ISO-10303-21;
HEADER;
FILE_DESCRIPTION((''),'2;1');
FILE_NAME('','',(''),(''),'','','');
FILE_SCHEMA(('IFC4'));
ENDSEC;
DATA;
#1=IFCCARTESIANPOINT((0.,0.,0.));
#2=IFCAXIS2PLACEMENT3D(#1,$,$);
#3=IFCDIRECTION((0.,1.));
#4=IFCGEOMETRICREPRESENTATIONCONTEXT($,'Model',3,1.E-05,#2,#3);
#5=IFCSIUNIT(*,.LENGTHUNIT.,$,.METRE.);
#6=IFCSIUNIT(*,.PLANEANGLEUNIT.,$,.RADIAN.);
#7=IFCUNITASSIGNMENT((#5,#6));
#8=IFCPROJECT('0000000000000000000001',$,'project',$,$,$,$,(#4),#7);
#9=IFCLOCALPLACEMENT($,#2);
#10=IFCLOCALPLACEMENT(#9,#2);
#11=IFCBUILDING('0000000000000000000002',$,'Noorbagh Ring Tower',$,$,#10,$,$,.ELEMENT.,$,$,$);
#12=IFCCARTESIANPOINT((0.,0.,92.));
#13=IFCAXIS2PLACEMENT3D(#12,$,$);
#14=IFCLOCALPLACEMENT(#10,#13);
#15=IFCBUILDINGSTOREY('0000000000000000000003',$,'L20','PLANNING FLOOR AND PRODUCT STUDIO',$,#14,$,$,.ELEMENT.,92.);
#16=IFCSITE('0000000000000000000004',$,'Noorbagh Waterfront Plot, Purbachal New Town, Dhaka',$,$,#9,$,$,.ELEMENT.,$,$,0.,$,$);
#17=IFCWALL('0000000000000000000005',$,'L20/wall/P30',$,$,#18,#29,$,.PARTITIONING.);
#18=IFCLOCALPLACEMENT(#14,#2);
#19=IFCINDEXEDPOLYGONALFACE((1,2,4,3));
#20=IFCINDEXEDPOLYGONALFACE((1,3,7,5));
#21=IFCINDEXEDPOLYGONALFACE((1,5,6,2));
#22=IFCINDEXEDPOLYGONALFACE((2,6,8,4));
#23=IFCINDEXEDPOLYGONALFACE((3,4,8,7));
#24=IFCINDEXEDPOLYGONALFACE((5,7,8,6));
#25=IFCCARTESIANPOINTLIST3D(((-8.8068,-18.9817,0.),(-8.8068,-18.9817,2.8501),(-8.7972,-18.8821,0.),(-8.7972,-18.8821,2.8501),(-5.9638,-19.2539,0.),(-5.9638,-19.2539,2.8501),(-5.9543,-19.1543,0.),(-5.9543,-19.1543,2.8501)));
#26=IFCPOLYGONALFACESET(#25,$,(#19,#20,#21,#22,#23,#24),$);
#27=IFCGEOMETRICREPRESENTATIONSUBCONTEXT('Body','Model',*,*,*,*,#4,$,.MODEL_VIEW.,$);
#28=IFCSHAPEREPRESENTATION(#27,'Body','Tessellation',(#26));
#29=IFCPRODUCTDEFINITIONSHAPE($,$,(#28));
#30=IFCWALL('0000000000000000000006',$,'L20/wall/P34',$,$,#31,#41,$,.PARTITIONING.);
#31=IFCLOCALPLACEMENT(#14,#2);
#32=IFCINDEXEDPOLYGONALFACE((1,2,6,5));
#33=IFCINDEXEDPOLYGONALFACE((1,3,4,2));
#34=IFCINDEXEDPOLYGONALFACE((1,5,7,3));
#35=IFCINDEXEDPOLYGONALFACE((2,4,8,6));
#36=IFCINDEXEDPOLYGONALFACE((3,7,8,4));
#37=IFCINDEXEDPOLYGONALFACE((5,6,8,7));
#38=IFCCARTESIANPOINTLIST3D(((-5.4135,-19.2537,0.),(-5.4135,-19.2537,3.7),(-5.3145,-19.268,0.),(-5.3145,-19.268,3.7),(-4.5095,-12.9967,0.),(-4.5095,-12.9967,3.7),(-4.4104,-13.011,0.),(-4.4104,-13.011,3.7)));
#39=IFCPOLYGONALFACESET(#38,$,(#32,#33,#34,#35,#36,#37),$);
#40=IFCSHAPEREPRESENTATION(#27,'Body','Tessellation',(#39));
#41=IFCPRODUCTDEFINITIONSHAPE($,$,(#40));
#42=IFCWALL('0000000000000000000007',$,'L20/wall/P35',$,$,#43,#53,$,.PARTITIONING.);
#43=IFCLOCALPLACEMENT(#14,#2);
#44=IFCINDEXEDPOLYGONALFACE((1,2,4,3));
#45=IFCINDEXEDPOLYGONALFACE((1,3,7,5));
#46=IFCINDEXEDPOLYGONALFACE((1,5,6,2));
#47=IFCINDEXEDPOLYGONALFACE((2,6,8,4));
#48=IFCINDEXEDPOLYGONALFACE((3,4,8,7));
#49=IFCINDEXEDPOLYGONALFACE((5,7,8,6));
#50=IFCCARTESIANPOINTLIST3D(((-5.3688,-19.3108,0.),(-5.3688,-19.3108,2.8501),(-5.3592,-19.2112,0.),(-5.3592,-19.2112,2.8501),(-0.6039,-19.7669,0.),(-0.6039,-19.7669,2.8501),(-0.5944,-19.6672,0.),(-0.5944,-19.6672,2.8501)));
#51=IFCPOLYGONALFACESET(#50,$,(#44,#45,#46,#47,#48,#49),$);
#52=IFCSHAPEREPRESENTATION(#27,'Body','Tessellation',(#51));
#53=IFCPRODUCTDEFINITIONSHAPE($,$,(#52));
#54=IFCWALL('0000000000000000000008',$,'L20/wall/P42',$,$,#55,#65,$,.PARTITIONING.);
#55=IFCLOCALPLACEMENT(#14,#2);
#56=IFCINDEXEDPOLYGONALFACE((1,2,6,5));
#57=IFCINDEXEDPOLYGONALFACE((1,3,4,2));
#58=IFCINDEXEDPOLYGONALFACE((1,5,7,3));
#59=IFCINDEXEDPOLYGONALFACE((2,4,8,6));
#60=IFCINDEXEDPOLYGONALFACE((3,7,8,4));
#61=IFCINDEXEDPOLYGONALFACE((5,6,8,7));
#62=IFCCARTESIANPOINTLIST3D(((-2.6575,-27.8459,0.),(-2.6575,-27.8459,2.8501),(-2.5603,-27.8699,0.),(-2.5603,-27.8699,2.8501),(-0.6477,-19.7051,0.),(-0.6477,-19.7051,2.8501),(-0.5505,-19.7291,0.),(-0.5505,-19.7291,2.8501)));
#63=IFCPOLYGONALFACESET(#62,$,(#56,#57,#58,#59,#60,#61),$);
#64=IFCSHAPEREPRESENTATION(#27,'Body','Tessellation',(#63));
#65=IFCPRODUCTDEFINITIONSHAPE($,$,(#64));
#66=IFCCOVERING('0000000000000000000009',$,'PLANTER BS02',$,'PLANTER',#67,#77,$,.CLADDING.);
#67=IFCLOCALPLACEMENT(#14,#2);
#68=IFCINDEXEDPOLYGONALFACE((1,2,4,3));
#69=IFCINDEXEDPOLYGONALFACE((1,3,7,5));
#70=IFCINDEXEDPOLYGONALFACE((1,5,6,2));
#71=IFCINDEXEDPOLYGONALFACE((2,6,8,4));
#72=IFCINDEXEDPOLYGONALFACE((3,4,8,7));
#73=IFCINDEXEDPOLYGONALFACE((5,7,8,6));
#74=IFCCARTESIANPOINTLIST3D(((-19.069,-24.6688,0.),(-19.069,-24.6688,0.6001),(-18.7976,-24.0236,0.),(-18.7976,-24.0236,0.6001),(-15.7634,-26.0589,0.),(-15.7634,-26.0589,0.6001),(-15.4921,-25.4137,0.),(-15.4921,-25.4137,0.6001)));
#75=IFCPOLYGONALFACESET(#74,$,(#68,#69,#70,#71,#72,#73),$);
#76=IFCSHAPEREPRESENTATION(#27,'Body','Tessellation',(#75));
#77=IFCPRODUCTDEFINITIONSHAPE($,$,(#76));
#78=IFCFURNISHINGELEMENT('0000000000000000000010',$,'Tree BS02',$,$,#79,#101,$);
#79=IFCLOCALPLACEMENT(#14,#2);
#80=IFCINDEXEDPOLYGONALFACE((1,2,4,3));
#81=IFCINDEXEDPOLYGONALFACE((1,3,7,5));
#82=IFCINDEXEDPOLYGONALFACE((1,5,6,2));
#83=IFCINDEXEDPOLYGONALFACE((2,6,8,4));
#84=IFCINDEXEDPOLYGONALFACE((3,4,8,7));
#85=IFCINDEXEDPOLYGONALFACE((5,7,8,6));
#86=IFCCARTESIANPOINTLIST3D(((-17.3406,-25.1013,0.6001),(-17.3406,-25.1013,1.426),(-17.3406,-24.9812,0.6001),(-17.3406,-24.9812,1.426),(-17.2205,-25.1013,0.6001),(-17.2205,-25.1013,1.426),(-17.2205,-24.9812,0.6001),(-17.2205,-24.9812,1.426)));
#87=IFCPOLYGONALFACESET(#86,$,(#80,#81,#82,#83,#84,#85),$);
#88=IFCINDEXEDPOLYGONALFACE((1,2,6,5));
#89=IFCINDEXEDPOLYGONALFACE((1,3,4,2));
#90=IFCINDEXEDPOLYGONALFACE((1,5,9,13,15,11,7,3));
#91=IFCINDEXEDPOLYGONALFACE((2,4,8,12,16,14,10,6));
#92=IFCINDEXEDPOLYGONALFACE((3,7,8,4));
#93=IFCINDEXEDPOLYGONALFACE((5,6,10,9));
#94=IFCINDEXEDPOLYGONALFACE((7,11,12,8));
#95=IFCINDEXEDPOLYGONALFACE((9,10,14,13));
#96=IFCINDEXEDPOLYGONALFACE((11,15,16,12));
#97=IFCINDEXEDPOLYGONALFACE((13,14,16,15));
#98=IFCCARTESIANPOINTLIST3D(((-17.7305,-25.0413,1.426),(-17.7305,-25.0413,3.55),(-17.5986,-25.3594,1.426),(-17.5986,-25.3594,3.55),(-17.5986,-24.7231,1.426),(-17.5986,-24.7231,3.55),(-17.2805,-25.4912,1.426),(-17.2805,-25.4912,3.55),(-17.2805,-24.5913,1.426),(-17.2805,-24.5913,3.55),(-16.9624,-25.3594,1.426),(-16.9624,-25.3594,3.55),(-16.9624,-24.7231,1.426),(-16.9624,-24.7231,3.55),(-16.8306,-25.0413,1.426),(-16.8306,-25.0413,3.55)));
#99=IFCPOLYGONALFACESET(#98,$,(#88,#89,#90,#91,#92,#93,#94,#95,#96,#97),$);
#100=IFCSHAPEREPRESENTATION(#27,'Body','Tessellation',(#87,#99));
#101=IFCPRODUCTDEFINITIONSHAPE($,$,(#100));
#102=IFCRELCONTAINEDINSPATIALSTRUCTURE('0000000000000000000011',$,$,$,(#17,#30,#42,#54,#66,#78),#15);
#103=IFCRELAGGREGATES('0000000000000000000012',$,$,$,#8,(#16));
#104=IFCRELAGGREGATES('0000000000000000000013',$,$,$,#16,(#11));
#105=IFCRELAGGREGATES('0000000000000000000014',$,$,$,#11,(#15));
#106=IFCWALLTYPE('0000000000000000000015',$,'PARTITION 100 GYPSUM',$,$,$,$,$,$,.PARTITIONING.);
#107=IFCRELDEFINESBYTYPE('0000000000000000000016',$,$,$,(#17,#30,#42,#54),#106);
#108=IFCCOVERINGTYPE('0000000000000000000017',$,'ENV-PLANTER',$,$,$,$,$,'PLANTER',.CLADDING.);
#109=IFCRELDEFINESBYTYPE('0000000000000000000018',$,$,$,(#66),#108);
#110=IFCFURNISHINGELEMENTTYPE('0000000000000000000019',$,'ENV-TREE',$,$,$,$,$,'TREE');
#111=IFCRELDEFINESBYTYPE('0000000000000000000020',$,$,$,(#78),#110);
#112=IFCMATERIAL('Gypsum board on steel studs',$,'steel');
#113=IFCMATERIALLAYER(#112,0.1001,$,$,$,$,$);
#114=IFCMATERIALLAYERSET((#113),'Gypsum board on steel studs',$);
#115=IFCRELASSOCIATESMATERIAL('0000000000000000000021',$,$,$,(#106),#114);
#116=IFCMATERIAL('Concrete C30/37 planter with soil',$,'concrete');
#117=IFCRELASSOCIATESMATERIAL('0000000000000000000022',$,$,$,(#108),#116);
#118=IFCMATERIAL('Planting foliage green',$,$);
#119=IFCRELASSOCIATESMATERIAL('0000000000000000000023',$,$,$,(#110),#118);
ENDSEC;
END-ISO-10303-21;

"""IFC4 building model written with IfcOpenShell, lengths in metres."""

from ifc_helpers import new_model, si_unit, direction, frame, frame_2d, origin, origin_2d, place, context, subcontext, project, spatial, polyline, rectangle, outline, extrude, material, layer, layer_set, type_object, element, save


model = new_model("IFC4")

# Units and contexts
model_context = context("Model", 3, precision=1e-05, world=origin(), true_north=direction((0.0, 1.0)))
body_context = subcontext(model_context, "Body", "Model", "MODEL_VIEW")
ifc_project = project(units=[si_unit("LENGTHUNIT", "METRE"), si_unit("PLANEANGLEUNIT", "RADIAN")], contexts=[model_context])

# Site, building, storey
site_placement = place(None, origin())
site = spatial("IfcSite", under=ifc_project, at=site_placement, Name="Noorbagh Waterfront Plot, Purbachal New Town, Dhaka", CompositionType="ELEMENT", RefElevation=0.0)
building_placement = place(site_placement, origin())
building = spatial("IfcBuilding", under=site, at=building_placement, Name="Noorbagh Ring Tower", CompositionType="ELEMENT")
storey_placement = place(building_placement, frame((0.0, 0.0, 92.0)))
storey = spatial("IfcBuildingStorey", under=building, at=storey_placement, Name="L20", Description="PLANNING FLOOR AND PRODUCT STUDIO", CompositionType="ELEMENT", Elevation=92.0)

# Walls
ifc_material_1 = material(Name="Gypsum board on steel studs", Category="steel")
ifc_layer_1 = layer(ifc_material_1, 0.1001)
ifc_layer_set_1 = layer_set([ifc_layer_1], Name="Gypsum board on steel studs")
wall_type_1 = type_object("IfcWallType", Name="PARTITION 100 GYPSUM", PredefinedType="PARTITIONING", material=ifc_layer_set_1)
wall_1_placement = place(storey_placement, frame((-8.802, -18.9319, 0.0), z_axis=(0.0, 0.0, 1.0), x_axis=(0.995447, -0.095313, 0.0)))
element("IfcWall", 1, at=wall_1_placement, inside=storey, type_object=wall_type_1, Name="L20/wall/P30", PredefinedType="PARTITIONING", context=body_context, shape_type="SweptSolid", body=[
    extrude(rectangle(XDim=2.856, YDim=0.1001, at=frame_2d((1.428, 0.0))), origin(), (0.0, 0.0, 1.0), 2.8501),
])
wall_2_placement = place(storey_placement, frame((-5.364, -19.261, 0.0), z_axis=(0.0, 0.0, 1.0), x_axis=(0.143, 0.989723, 0.0)))
element("IfcWall", 2, at=wall_2_placement, inside=storey, type_object=wall_type_1, Name="L20/wall/P34", PredefinedType="PARTITIONING", context=body_context, shape_type="SweptSolid", body=[
    extrude(rectangle(XDim=6.322, YDim=0.1001, at=frame_2d((3.1611, 0.0))), origin(), (0.0, 0.0, 1.0), 3.7),
])
wall_3_placement = place(storey_placement, frame((-5.364, -19.261, 0.0), z_axis=(0.0, 0.0, 1.0), x_axis=(0.995451, -0.095276, 0.0)))
element("IfcWall", 3, at=wall_3_placement, inside=storey, type_object=wall_type_1, Name="L20/wall/P35", PredefinedType="PARTITIONING", context=body_context, shape_type="SweptSolid", body=[
    extrude(rectangle(XDim=4.7866, YDim=0.1001, at=frame_2d((2.3933, 0.0))), origin(), (0.0, 0.0, 1.0), 2.8501),
])
wall_4_placement = place(storey_placement, frame((-2.6089, -27.8579, 0.0), z_axis=(0.0, 0.0, 1.0), x_axis=(0.239678, 0.970852, 0.0)))
element("IfcWall", 4, at=wall_4_placement, inside=storey, type_object=wall_type_1, Name="L20/wall/P42", PredefinedType="PARTITIONING", context=body_context, shape_type="SweptSolid", body=[
    extrude(rectangle(XDim=8.3853, YDim=0.1001, at=frame_2d((4.1926, 0.0))), origin(), (0.0, 0.0, 1.0), 2.8501),
])

# Covering
ifc_material_2 = material(Name="Concrete C30/37 planter with soil", Category="concrete")
covering_type = type_object("IfcCoveringType", Name="ENV-PLANTER", ElementType="PLANTER", PredefinedType="CLADDING", material=ifc_material_2)
covering_placement = place(storey_placement, frame((-17.2805, -25.0413, 0.0), z_axis=(0.0, 0.0, 1.0), x_axis=(0.921812, -0.387638, 0.0)))
element("IfcCovering", 5, at=covering_placement, inside=storey, type_object=covering_type, Name="PLANTER BS02", ObjectType="PLANTER", PredefinedType="CLADDING", context=body_context, shape_type="SweptSolid", body=[
    extrude(rectangle(XDim=3.5859, YDim=0.7, at=origin_2d()), origin(), (0.0, 0.0, 1.0), 0.6001),
])

# Furnishing element
ifc_material_3 = material(Name="Planting foliage green")
furnishing_element_type = type_object("IfcFurnishingElementType", Name="ENV-TREE", ElementType="TREE", material=ifc_material_3)
furnishing_placement = place(storey_placement, frame((-17.2805, -25.0413, 0.6001), z_axis=(0.0, 0.0, 1.0), x_axis=(1.0, 0.0, 0.0)))
element("IfcFurnishingElement", 6, at=furnishing_placement, inside=storey, type_object=furnishing_element_type, Name="Tree BS02", context=body_context, shape_type="SweptSolid", body=[
    extrude(rectangle(XDim=0.1201, YDim=0.1201, at=origin_2d()), origin(), (0.0, 0.0, 1.0), 0.8259),
    extrude(outline(polyline([(0.45, 0.0), (0.3181, 0.3181), (0.0, 0.45), (-0.3181, 0.3181), (-0.45, 0.0), (-0.3181, -0.3181), (0.0, -0.45), (0.3181, -0.3181), (0.45, 0.0)])), frame((0.0, 0.0, 0.8259)), (0.0, 0.0, 1.0), 2.124),
])

save(model, "model.ifc")
